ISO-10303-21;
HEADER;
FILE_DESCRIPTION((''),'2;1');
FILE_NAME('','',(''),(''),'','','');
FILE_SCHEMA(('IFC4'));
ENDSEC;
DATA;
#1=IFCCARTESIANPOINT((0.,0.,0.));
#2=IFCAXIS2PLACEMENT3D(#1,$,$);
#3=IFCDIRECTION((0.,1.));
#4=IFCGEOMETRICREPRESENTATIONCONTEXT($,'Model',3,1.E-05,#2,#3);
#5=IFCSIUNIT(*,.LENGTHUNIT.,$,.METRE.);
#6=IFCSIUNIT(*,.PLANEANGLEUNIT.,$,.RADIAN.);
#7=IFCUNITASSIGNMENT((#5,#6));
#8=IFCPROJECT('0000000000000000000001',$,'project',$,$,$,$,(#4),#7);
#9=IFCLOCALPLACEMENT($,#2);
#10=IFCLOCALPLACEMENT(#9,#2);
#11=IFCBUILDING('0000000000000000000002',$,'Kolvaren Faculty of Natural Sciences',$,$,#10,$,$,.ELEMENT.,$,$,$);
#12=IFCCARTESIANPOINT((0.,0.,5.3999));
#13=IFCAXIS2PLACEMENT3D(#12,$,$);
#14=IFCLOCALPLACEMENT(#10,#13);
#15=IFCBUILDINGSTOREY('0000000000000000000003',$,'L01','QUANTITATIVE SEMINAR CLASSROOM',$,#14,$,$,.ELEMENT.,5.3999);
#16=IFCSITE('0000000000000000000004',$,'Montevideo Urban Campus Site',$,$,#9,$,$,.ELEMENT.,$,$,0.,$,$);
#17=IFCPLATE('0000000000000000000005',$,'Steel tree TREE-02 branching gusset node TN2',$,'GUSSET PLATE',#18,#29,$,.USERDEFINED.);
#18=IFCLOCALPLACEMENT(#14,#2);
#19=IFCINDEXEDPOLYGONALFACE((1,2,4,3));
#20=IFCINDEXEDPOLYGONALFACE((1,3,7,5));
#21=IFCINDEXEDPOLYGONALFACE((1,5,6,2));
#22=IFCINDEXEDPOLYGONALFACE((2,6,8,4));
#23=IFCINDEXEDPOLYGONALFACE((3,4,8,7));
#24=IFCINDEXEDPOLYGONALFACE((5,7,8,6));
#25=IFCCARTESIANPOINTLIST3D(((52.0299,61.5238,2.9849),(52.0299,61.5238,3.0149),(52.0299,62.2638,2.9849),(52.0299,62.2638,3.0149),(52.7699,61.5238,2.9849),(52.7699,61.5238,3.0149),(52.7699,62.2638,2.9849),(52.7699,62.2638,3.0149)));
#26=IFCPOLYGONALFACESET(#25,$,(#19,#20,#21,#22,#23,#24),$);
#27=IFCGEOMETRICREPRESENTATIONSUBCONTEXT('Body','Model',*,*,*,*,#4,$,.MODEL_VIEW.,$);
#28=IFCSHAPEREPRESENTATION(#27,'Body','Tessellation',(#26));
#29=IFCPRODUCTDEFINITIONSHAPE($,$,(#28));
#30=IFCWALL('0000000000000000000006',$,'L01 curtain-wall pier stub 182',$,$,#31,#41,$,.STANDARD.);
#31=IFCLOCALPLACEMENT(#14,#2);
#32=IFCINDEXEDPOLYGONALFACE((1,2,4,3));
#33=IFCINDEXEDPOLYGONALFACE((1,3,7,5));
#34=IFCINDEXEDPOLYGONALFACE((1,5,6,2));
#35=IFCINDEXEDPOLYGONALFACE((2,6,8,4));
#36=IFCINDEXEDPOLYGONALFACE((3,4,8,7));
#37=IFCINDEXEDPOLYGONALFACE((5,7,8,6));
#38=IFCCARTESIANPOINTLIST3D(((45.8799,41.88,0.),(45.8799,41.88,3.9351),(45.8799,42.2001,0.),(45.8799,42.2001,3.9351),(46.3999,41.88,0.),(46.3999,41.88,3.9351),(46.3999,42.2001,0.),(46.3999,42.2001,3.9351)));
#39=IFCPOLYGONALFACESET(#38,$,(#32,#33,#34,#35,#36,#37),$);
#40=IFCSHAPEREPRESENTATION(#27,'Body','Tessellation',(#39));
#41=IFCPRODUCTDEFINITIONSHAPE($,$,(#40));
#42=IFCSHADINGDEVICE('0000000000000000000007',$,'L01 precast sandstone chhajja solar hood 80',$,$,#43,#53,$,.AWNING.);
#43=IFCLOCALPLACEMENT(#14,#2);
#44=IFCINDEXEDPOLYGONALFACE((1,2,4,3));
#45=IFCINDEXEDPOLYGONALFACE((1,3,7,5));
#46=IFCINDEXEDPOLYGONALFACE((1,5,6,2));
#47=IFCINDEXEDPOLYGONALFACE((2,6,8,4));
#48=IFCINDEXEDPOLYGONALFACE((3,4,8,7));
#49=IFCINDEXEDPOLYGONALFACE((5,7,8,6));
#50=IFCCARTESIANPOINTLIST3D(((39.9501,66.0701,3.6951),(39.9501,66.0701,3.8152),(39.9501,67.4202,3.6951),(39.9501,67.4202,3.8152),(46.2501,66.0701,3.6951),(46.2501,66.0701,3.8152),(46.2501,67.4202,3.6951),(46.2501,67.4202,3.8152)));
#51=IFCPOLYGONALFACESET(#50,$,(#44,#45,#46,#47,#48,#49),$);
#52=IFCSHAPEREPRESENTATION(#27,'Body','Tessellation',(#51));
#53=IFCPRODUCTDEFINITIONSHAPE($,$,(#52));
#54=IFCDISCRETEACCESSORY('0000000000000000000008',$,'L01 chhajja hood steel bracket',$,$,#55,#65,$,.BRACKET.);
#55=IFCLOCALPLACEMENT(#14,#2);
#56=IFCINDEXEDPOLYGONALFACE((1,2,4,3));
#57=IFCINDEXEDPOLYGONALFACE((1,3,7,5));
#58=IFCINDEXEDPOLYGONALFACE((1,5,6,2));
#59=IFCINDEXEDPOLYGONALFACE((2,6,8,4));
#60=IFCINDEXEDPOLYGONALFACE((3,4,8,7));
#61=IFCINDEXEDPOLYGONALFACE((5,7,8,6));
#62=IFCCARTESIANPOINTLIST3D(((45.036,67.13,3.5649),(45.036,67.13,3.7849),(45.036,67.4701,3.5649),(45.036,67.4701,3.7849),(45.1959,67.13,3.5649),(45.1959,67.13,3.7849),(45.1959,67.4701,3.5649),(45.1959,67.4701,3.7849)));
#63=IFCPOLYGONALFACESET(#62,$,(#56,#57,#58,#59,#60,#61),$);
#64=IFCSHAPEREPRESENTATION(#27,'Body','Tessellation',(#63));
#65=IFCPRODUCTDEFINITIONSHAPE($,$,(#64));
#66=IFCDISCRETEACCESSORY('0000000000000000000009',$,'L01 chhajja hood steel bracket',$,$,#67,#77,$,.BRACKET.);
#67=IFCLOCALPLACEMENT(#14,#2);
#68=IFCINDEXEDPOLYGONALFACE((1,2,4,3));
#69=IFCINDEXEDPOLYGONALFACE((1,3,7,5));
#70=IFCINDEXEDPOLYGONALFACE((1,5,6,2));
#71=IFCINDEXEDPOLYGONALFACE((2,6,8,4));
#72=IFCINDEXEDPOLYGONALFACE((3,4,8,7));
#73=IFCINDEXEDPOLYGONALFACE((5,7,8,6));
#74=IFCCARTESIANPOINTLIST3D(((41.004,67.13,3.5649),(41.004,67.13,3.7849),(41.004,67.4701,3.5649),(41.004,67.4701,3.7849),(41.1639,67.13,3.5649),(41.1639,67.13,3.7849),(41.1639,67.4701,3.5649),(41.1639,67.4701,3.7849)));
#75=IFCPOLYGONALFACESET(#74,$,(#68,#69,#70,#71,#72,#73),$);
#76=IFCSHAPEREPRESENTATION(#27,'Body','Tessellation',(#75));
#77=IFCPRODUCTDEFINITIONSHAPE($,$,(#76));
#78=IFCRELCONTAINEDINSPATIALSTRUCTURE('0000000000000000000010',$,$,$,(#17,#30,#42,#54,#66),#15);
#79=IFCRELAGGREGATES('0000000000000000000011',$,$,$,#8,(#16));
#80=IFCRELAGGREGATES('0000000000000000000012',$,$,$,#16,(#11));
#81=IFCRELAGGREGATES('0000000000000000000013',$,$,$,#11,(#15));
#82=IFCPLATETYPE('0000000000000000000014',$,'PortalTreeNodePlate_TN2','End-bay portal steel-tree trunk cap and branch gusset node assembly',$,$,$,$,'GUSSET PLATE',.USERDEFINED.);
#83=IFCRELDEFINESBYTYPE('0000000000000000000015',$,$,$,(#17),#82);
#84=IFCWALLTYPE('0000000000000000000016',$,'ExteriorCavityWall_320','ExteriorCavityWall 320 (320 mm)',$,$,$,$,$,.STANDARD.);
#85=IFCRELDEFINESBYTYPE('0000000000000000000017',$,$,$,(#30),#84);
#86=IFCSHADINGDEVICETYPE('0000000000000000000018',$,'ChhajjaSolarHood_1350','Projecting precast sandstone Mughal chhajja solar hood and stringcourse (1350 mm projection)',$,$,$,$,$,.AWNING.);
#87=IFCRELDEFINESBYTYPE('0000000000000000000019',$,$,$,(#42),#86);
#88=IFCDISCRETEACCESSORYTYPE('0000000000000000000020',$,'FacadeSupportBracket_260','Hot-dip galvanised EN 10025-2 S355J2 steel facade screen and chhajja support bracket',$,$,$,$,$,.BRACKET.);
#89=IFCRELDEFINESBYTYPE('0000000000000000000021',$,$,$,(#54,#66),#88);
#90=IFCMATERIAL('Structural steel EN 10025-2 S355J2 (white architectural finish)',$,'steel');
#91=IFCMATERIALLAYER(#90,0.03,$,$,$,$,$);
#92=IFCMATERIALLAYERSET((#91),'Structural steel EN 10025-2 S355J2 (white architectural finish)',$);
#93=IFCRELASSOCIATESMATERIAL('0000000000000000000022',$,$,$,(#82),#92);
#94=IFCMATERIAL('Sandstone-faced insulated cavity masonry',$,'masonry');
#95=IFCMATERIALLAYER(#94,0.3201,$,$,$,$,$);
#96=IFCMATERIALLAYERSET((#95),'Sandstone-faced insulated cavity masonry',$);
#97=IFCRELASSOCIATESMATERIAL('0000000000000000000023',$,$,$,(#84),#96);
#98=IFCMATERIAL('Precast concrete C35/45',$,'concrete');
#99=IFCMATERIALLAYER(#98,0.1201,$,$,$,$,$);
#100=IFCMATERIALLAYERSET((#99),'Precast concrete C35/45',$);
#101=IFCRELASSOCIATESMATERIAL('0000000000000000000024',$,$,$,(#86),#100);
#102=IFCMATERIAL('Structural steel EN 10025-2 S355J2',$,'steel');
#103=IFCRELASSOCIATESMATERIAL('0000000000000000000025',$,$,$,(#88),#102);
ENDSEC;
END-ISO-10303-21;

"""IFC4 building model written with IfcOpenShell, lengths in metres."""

from ifc_helpers import new_model, si_unit, direction, frame, frame_2d, origin, origin_2d, place, context, subcontext, project, spatial, rectangle, extrude, material, layer, layer_set, type_object, element, save


model = new_model("IFC4")

# Units and contexts
model_context = context("Model", 3, precision=1e-05, world=origin(), true_north=direction((0.0, 1.0)))
body_context = subcontext(model_context, "Body", "Model", "MODEL_VIEW")
ifc_project = project(units=[si_unit("LENGTHUNIT", "METRE"), si_unit("PLANEANGLEUNIT", "RADIAN")], contexts=[model_context])

# Site, building, storey
site_placement = place(None, origin())
site = spatial("IfcSite", under=ifc_project, at=site_placement, Name="Montevideo Urban Campus Site", CompositionType="ELEMENT", RefElevation=0.0)
building_placement = place(site_placement, origin())
building = spatial("IfcBuilding", under=site, at=building_placement, Name="Kolvaren Faculty of Natural Sciences", CompositionType="ELEMENT")
storey_placement = place(building_placement, frame((0.0, 0.0, 5.3999)))
storey = spatial("IfcBuildingStorey", under=building, at=storey_placement, Name="L01", Description="QUANTITATIVE SEMINAR CLASSROOM", CompositionType="ELEMENT", Elevation=5.3999)

# Plate
ifc_material_1 = material(Name="Structural steel EN 10025-2 S355J2 (white architectural finish)", Category="steel")
ifc_layer_1 = layer(ifc_material_1, 0.03)
ifc_layer_set_1 = layer_set([ifc_layer_1], Name="Structural steel EN 10025-2 S355J2 (white architectural finish)")
plate_type_1 = type_object("IfcPlateType", Name="PortalTreeNodePlate_TN2", Description="End-bay portal steel-tree trunk cap and branch gusset node assembly", ElementType="GUSSET PLATE", PredefinedType="USERDEFINED", material=ifc_layer_set_1)
for number, where, z_axis, x_axis, name in (
    (1, (52.3999, 61.8938, 2.9849), (0.0, 0.0, 1.0), (1.0, 0.0, 0.0), "Steel tree TREE-02 branching gusset node TN2"),
):
    element("IfcPlate", number, at=place(storey_placement, frame(where, z_axis=z_axis, x_axis=x_axis)), inside=storey, type_object=plate_type_1, Name=name, ObjectType="GUSSET PLATE", PredefinedType="USERDEFINED", context=body_context, shape_type="SweptSolid", body=[
        extrude(rectangle(XDim=0.74, YDim=0.74, at=origin_2d()), origin(), (0.0, 0.0, 1.0), 0.03),
    ])

# Wall
ifc_material_2 = material(Name="Sandstone-faced insulated cavity masonry", Category="masonry")
ifc_layer_2 = layer(ifc_material_2, 0.3201)
ifc_layer_set_2 = layer_set([ifc_layer_2], Name="Sandstone-faced insulated cavity masonry")
wall_type = type_object("IfcWallType", Name="ExteriorCavityWall_320", Description="ExteriorCavityWall 320 (320 mm)", PredefinedType="STANDARD", material=ifc_layer_set_2)
wall_placement = place(storey_placement, frame((45.8799, 42.04, 0.0), z_axis=(0.0, 0.0, 1.0), x_axis=(1.0, 0.0, 0.0)))
element("IfcWall", 2, at=wall_placement, inside=storey, type_object=wall_type, Name="L01 curtain-wall pier stub 182", PredefinedType="STANDARD", context=body_context, shape_type="SweptSolid", body=[
    extrude(rectangle(XDim=0.52, YDim=0.3201, at=frame_2d((0.26, 0.0))), origin(), (0.0, 0.0, 1.0), 3.9351),
])

# Shading device
ifc_material_3 = material(Name="Precast concrete C35/45", Category="concrete")
ifc_layer_3 = layer(ifc_material_3, 0.1201)
ifc_layer_set_3 = layer_set([ifc_layer_3], Name="Precast concrete C35/45")
shading_device_type = type_object("IfcShadingDeviceType", Name="ChhajjaSolarHood_1350", Description="Projecting precast sandstone Mughal chhajja solar hood and stringcourse (1350 mm projection)", PredefinedType="AWNING", material=ifc_layer_set_3)
shading_device_placement = place(storey_placement, frame((43.1001, 66.7451, 3.6951), z_axis=(0.0, 0.0, 1.0), x_axis=(-1.0, 0.0, 0.0)))
element("IfcShadingDevice", 3, at=shading_device_placement, inside=storey, type_object=shading_device_type, Name="L01 precast sandstone chhajja solar hood 80", PredefinedType="AWNING", context=body_context, shape_type="SweptSolid", body=[
    extrude(rectangle(XDim=6.3, YDim=1.3501, at=origin_2d()), origin(), (0.0, 0.0, 1.0), 0.1201),
])

# Discrete accessories
ifc_material_4 = material(Name="Structural steel EN 10025-2 S355J2", Category="steel")
discrete_accessory_type = type_object("IfcDiscreteAccessoryType", Name="FacadeSupportBracket_260", Description="Hot-dip galvanised EN 10025-2 S355J2 steel facade screen and chhajja support bracket", PredefinedType="BRACKET", material=ifc_material_4)
for number, where, z_axis, x_axis, name in (
    (4, (45.116, 67.3, 3.5649), (0.0, 0.0, 1.0), (-1.0, 0.0, 0.0), "L01 chhajja hood steel bracket"),
    (5, (41.084, 67.3, 3.5649), (0.0, 0.0, 1.0), (-1.0, 0.0, 0.0), "L01 chhajja hood steel bracket"),
):
    element("IfcDiscreteAccessory", number, at=place(storey_placement, frame(where, z_axis=z_axis, x_axis=x_axis)), inside=storey, type_object=discrete_accessory_type, Name=name, PredefinedType="BRACKET", context=body_context, shape_type="SweptSolid", body=[
        extrude(rectangle(XDim=0.1599, YDim=0.3401, at=origin_2d()), origin(), (0.0, 0.0, 1.0), 0.22),
    ])

save(model, "model.ifc")
